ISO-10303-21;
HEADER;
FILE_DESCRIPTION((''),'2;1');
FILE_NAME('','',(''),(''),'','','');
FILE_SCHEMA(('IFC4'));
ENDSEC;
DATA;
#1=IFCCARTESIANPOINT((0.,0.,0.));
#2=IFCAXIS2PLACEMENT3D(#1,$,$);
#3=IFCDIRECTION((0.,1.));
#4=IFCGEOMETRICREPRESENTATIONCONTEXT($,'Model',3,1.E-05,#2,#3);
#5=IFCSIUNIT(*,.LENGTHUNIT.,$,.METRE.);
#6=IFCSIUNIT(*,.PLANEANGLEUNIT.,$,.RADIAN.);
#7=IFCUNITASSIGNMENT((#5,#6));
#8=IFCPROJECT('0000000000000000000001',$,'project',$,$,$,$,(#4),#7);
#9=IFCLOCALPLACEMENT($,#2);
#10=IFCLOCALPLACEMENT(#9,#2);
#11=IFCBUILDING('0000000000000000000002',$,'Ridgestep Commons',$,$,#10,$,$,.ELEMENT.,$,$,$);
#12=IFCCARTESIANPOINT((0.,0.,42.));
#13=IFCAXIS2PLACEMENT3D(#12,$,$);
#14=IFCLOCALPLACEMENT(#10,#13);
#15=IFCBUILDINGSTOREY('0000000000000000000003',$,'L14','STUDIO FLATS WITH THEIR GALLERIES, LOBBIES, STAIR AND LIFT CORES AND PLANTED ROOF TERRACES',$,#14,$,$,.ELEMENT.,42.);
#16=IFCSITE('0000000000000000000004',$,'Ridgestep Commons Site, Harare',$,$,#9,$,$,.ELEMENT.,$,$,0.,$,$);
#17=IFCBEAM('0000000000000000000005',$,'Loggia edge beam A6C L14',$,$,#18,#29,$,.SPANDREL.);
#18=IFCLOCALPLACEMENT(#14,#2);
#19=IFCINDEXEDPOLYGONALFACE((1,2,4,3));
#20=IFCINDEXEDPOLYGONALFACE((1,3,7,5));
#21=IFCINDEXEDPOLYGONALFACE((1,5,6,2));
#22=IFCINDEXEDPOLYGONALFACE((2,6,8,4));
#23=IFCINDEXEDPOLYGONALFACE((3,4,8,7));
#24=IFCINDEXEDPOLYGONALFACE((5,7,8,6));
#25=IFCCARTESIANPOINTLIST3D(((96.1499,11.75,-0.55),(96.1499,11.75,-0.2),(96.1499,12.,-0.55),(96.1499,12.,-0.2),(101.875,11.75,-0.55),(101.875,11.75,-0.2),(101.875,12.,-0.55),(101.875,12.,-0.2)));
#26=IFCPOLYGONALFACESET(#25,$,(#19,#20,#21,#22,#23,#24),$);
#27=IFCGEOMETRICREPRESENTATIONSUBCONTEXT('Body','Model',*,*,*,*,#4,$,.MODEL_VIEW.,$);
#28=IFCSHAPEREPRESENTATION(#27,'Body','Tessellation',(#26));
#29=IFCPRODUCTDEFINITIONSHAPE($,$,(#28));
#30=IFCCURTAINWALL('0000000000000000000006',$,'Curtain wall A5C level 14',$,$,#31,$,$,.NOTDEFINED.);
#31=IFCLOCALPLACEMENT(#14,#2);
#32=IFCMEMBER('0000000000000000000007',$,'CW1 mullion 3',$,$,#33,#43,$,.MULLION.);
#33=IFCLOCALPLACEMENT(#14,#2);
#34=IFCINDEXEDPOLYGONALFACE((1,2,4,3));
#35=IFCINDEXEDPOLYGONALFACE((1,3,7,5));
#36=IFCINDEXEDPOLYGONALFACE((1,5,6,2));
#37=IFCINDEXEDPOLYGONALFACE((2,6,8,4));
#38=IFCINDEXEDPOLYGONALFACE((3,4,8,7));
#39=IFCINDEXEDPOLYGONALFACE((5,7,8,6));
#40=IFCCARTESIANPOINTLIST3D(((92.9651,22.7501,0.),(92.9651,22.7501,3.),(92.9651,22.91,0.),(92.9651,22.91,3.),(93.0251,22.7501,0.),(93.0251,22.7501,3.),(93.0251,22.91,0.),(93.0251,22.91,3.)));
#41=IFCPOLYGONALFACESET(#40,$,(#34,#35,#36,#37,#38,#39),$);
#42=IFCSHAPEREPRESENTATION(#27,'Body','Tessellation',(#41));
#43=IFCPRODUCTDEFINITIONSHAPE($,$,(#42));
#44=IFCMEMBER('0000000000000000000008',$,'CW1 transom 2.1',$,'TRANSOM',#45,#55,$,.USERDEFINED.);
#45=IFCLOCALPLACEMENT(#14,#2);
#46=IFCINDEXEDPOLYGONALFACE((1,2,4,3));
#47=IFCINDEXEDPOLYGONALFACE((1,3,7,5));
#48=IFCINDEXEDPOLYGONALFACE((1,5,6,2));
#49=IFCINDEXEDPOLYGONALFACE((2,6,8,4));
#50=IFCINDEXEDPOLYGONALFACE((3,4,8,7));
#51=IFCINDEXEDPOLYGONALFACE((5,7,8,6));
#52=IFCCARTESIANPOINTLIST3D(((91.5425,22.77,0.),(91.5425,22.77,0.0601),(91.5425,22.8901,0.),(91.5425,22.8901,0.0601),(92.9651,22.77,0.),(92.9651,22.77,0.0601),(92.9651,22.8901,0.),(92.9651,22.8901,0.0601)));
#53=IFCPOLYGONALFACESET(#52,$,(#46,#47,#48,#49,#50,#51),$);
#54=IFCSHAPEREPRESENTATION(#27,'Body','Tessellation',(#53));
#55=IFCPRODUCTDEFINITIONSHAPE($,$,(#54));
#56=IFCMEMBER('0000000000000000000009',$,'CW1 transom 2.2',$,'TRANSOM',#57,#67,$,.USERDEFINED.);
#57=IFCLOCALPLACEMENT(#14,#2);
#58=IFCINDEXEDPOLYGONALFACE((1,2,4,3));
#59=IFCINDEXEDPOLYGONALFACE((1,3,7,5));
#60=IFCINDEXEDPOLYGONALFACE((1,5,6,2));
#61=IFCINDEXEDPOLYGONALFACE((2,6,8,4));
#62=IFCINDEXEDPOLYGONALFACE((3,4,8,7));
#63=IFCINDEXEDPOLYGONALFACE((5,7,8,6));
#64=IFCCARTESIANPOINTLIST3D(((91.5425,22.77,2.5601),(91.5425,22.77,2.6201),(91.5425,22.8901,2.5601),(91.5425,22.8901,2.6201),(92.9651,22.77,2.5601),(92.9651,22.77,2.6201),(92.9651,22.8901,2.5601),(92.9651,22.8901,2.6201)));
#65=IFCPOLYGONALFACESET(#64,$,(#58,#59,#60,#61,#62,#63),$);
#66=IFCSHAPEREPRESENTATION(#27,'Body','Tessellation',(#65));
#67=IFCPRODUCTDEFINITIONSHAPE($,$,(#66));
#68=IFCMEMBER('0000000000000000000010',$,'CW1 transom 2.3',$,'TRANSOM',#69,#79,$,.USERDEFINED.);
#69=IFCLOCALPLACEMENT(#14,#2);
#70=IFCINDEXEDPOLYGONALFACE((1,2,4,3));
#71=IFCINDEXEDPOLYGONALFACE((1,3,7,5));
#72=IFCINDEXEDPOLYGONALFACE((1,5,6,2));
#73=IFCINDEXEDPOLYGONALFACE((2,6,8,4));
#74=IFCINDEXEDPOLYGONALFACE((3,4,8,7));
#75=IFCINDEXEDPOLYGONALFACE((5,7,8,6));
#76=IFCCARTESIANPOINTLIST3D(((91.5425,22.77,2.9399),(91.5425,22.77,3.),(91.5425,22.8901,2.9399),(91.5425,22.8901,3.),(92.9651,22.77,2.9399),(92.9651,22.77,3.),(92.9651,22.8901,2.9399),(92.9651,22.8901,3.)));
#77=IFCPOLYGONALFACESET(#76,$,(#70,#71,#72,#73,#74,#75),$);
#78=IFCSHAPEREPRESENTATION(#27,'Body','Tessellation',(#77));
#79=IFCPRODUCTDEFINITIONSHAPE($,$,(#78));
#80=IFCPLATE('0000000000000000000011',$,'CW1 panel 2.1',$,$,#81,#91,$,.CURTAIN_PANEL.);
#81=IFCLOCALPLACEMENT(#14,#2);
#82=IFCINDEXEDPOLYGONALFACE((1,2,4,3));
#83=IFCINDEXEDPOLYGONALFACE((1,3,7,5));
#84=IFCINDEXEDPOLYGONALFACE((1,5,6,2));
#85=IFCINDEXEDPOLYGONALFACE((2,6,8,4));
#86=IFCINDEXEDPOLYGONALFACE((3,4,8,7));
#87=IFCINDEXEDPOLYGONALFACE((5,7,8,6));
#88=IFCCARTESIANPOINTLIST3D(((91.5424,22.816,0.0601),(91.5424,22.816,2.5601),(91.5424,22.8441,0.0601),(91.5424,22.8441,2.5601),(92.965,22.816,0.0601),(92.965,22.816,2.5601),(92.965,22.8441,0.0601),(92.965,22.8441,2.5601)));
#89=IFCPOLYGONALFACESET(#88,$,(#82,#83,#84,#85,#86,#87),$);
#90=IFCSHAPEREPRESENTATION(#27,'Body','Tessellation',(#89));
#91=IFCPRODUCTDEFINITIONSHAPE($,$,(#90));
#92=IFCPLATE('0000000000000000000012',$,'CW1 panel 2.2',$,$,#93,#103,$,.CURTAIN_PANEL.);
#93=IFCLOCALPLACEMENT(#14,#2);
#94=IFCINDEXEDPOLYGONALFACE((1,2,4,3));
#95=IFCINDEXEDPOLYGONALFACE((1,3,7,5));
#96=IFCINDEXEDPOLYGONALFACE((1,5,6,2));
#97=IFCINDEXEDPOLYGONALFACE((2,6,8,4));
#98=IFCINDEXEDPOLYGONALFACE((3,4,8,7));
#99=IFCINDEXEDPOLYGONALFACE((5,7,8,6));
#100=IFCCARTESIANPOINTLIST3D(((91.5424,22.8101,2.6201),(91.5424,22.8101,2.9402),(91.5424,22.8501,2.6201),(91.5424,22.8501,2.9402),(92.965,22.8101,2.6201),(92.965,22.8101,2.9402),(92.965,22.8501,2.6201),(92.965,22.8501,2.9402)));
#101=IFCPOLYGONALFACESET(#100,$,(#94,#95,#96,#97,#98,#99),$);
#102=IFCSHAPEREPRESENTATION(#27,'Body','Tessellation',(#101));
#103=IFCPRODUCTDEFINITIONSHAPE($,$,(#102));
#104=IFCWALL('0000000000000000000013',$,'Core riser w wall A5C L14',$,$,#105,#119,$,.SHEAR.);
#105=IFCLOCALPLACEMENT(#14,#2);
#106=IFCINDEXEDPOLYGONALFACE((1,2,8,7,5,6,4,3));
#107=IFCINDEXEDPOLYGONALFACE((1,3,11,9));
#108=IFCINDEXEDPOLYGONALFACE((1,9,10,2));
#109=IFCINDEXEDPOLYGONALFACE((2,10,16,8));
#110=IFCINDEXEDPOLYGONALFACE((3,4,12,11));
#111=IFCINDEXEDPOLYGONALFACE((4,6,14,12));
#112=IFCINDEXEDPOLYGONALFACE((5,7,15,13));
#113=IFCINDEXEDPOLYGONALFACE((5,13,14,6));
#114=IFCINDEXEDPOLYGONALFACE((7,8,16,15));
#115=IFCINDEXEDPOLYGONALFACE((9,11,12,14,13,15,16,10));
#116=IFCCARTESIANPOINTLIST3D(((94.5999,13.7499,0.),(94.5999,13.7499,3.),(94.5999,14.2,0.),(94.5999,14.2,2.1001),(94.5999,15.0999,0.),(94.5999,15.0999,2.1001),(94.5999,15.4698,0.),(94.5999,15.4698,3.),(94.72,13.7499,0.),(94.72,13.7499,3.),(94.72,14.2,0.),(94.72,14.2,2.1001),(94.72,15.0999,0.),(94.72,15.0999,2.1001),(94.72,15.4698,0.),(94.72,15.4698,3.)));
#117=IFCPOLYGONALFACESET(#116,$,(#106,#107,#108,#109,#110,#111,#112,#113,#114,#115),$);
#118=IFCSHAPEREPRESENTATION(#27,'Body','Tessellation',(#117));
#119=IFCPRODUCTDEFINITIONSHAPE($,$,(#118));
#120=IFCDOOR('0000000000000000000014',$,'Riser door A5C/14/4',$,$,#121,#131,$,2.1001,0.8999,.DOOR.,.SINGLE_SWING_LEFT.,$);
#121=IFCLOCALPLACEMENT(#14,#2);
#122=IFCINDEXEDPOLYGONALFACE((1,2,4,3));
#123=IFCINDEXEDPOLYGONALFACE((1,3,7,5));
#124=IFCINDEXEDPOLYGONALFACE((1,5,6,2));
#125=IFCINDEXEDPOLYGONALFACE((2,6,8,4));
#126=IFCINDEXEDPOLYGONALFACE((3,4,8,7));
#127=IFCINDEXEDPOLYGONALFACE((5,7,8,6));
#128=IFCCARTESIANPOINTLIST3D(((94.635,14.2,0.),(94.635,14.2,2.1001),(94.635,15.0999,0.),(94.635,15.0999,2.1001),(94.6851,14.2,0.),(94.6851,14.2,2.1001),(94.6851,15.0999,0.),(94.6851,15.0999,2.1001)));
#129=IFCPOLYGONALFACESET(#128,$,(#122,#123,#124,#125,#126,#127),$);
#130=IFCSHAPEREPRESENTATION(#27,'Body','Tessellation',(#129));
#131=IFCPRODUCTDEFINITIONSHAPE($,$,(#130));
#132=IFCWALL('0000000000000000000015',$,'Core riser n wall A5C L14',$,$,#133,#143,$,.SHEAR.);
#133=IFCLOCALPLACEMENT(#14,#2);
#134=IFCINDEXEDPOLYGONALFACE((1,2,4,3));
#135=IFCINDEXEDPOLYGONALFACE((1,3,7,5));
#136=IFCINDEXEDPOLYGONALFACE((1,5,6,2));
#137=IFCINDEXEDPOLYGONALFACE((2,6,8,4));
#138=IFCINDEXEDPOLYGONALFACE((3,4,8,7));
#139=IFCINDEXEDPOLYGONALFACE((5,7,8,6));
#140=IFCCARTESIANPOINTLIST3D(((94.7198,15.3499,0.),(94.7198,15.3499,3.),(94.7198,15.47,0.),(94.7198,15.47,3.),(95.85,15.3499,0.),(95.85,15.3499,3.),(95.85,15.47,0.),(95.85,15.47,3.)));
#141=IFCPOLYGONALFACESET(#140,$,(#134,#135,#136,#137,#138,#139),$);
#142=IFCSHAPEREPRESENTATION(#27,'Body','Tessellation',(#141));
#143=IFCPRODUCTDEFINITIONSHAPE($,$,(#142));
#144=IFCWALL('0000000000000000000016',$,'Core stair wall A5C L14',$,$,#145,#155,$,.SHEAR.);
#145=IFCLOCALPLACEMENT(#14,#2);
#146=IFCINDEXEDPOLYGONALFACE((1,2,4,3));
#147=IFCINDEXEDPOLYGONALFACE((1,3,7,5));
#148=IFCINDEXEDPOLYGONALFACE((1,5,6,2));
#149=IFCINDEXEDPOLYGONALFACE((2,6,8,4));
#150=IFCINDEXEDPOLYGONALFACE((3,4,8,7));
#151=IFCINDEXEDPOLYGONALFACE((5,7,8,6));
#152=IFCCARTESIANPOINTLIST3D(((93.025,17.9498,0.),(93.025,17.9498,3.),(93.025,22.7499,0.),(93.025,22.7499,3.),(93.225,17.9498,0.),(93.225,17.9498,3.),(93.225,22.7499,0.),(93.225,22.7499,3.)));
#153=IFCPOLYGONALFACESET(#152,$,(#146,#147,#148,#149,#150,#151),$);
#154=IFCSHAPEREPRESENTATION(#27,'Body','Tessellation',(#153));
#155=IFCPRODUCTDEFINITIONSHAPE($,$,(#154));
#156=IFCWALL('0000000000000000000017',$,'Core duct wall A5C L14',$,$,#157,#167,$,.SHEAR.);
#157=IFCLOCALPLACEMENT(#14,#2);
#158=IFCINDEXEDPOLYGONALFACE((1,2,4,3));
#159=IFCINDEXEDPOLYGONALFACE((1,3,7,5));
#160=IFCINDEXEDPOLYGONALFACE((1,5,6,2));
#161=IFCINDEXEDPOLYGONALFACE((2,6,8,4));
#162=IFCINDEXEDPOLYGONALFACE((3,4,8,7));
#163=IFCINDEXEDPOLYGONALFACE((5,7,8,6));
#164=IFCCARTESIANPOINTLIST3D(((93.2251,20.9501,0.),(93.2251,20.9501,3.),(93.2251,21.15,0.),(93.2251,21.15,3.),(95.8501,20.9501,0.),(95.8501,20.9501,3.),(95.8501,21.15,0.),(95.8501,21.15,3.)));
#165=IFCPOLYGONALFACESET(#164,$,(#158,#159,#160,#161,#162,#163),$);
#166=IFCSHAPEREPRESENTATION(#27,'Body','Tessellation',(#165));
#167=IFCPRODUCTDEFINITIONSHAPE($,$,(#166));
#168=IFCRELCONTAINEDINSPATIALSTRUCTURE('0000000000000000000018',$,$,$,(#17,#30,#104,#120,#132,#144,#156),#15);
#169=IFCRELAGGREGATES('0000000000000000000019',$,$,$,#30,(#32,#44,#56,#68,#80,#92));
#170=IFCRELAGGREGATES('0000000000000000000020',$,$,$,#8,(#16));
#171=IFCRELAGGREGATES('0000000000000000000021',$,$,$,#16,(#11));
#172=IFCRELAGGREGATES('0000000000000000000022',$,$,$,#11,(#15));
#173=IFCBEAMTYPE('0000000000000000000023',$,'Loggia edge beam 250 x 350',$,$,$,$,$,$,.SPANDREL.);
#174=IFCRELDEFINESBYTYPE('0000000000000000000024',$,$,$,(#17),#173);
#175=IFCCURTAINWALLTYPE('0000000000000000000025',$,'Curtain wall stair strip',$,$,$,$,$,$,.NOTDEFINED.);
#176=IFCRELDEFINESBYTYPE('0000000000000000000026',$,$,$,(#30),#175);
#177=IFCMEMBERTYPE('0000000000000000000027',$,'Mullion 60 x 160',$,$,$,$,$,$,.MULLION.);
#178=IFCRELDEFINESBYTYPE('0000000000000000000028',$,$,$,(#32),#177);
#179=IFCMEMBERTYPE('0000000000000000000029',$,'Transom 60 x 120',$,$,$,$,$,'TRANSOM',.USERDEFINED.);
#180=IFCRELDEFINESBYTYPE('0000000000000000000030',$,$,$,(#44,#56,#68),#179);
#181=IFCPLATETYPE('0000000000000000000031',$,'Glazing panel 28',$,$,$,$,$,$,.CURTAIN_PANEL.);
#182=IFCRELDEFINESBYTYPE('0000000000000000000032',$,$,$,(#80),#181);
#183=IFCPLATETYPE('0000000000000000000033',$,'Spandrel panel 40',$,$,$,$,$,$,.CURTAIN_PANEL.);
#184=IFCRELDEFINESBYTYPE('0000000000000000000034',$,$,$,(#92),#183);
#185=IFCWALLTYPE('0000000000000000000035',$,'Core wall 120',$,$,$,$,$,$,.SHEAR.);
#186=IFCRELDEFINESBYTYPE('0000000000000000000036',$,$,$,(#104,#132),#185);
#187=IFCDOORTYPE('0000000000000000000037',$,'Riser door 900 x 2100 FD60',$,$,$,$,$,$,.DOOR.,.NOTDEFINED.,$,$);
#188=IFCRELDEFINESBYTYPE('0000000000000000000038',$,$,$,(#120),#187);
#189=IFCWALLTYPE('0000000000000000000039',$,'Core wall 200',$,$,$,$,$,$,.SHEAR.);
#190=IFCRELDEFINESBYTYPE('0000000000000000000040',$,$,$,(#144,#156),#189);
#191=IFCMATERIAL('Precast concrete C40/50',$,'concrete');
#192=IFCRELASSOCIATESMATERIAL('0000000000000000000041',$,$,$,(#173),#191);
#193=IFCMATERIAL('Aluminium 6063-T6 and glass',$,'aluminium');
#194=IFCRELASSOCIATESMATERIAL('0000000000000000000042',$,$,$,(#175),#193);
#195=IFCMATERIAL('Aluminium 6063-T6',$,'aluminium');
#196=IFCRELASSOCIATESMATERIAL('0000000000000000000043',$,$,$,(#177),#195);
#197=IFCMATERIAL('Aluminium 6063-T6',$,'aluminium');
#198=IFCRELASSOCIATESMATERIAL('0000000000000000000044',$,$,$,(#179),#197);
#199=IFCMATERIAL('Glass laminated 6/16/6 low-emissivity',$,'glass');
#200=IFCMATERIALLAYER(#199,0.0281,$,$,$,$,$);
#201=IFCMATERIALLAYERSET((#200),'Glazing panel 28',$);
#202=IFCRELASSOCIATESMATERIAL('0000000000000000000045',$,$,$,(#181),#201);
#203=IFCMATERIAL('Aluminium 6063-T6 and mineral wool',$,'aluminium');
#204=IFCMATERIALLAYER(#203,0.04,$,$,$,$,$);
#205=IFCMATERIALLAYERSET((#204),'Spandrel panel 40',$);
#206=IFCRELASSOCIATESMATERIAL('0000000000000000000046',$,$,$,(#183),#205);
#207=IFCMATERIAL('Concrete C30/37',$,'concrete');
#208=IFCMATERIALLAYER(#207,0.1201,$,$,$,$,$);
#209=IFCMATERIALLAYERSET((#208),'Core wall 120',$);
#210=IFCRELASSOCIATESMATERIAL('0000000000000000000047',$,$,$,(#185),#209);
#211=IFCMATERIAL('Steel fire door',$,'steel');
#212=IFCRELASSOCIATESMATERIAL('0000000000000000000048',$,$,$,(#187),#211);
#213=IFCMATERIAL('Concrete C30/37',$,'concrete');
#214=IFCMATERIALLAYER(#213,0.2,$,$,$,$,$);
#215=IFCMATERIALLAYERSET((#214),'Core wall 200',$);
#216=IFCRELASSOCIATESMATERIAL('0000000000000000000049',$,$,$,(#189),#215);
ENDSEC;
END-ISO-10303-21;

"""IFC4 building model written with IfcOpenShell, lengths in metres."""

from ifc_helpers import new_model, si_unit, direction, frame, frame_2d, origin, origin_2d, place, context, subcontext, project, spatial, rectangle, extrude, material, layer, layer_set, material_profile, profile_set, type_object, element, fill, aggregate, save


model = new_model("IFC4")

# Units and contexts
model_context = context("Model", 3, precision=1e-05, world=origin(), true_north=direction((0.0, 1.0)))
body_context = subcontext(model_context, "Body", "Model", "MODEL_VIEW")
ifc_project = project(units=[si_unit("LENGTHUNIT", "METRE"), si_unit("PLANEANGLEUNIT", "RADIAN")], contexts=[model_context])

# Site, building, storey
site_placement = place(None, origin())
site = spatial("IfcSite", under=ifc_project, at=site_placement, Name="Ridgestep Commons Site, Harare", CompositionType="ELEMENT", RefElevation=0.0)
building_placement = place(site_placement, origin())
building = spatial("IfcBuilding", under=site, at=building_placement, Name="Ridgestep Commons", CompositionType="ELEMENT")
storey_placement = place(building_placement, frame((0.0, 0.0, 42.0)))
storey = spatial("IfcBuildingStorey", under=building, at=storey_placement, Name="L14", Description="STUDIO FLATS WITH THEIR GALLERIES, LOBBIES, STAIR AND LIFT CORES AND PLANTED ROOF TERRACES", CompositionType="ELEMENT", Elevation=42.0)

# Beam
ifc_material_1 = material(Name="Precast concrete C40/50", Category="concrete")
ifc_material_profile_1 = material_profile(ifc_material_1, rectangle(XDim=0.25, YDim=0.3501, at=origin_2d()), Name="PC 250x350")
ifc_profile_set_1 = profile_set([ifc_material_profile_1], Name="Precast concrete C40/50")
beam_type = type_object("IfcBeamType", Name="Loggia edge beam 250 x 350", PredefinedType="SPANDREL", material=ifc_profile_set_1)
beam_placement = place(storey_placement, frame((96.1499, 11.875, -0.375), z_axis=(1.0, 0.0, 0.0), x_axis=(0.0, 1.0, 0.0)))
element("IfcBeam", 1, at=beam_placement, inside=storey, type_object=beam_type, Name="Loggia edge beam A6C L14", PredefinedType="SPANDREL", context=body_context, shape_type="SweptSolid", body=[
    extrude(rectangle(XDim=0.25, YDim=0.3501, at=origin_2d()), origin(), (0.0, 0.0, 1.0), 5.7251),
])

# Curtain wall, members, plates
ifc_material_2 = material(Name="Aluminium 6063-T6 and glass", Category="aluminium")
curtain_wall_type = type_object("IfcCurtainWallType", Name="Curtain wall stair strip", PredefinedType="NOTDEFINED", material=ifc_material_2)
curtain_wall_placement = place(storey_placement, origin())
curtain_wall = element("IfcCurtainWall", 2, at=curtain_wall_placement, inside=storey, type_object=curtain_wall_type, Name="Curtain wall A5C level 14", PredefinedType="NOTDEFINED")
ifc_material_3 = material(Name="Aluminium 6063-T6", Category="aluminium")
ifc_material_profile_2 = material_profile(ifc_material_3, rectangle(XDim=0.1599, YDim=0.0601, at=origin_2d()), Name="Mullion 60 x 160")
ifc_profile_set_2 = profile_set([ifc_material_profile_2], Name="Aluminium 6063-T6")
member_type_1 = type_object("IfcMemberType", Name="Mullion 60 x 160", PredefinedType="MULLION", material=ifc_profile_set_2)
member_1_placement = place(storey_placement, frame((92.9951, 22.8301, 0.0), z_axis=(0.0, 0.0, 1.0), x_axis=(0.0, 1.0, 0.0)))
member_1 = element("IfcMember", 3, at=member_1_placement, type_object=member_type_1, Name="CW1 mullion 3", PredefinedType="MULLION", context=body_context, shape_type="SweptSolid", body=[
    extrude(rectangle(XDim=0.1599, YDim=0.0601, at=origin_2d()), origin(), (0.0, 0.0, 1.0), 3.0),
])
ifc_material_4 = material(Name="Aluminium 6063-T6", Category="aluminium")
ifc_material_profile_3 = material_profile(ifc_material_4, rectangle(XDim=0.1201, YDim=0.0601, at=origin_2d()), Name="Transom 60 x 120")
ifc_profile_set_3 = profile_set([ifc_material_profile_3], Name="Aluminium 6063-T6")
member_type_2 = type_object("IfcMemberType", Name="Transom 60 x 120", ElementType="TRANSOM", PredefinedType="USERDEFINED", material=ifc_profile_set_3)
member_2_placement = place(storey_placement, frame((91.5425, 22.8301, 0.03), z_axis=(1.0, 0.0, 0.0), x_axis=(0.0, 1.0, 0.0)))
member_2 = element("IfcMember", 4, at=member_2_placement, type_object=member_type_2, Name="CW1 transom 2.1", ObjectType="TRANSOM", PredefinedType="USERDEFINED", context=body_context, shape_type="SweptSolid", body=[
    extrude(rectangle(XDim=0.1201, YDim=0.0601, at=origin_2d()), origin(), (0.0, 0.0, 1.0), 1.4226),
])
member_3_placement = place(storey_placement, frame((91.5425, 22.8301, 2.5901), z_axis=(1.0, 0.0, 0.0), x_axis=(0.0, 1.0, 0.0)))
member_3 = element("IfcMember", 5, at=member_3_placement, type_object=member_type_2, Name="CW1 transom 2.2", ObjectType="TRANSOM", PredefinedType="USERDEFINED", context=body_context, shape_type="SweptSolid", body=[
    extrude(rectangle(XDim=0.1201, YDim=0.0601, at=origin_2d()), origin(), (0.0, 0.0, 1.0), 1.4226),
])
member_4_placement = place(storey_placement, frame((91.5425, 22.8301, 2.97), z_axis=(1.0, 0.0, 0.0), x_axis=(0.0, 1.0, 0.0)))
member_4 = element("IfcMember", 6, at=member_4_placement, type_object=member_type_2, Name="CW1 transom 2.3", ObjectType="TRANSOM", PredefinedType="USERDEFINED", context=body_context, shape_type="SweptSolid", body=[
    extrude(rectangle(XDim=0.1201, YDim=0.0601, at=origin_2d()), origin(), (0.0, 0.0, 1.0), 1.4226),
])
ifc_material_5 = material(Name="Glass laminated 6/16/6 low-emissivity", Category="glass")
ifc_layer_1 = layer(ifc_material_5, 0.0281)
ifc_layer_set_1 = layer_set([ifc_layer_1], Name="Glazing panel 28")
plate_type_1 = type_object("IfcPlateType", Name="Glazing panel 28", PredefinedType="CURTAIN_PANEL", material=ifc_layer_set_1)
plate_1_placement = place(storey_placement, frame((92.2537, 22.8301, 0.0601), z_axis=(0.0, 0.0, 1.0), x_axis=(1.0, 0.0, 0.0)))
plate_1 = element("IfcPlate", 7, at=plate_1_placement, type_object=plate_type_1, Name="CW1 panel 2.1", PredefinedType="CURTAIN_PANEL", context=body_context, shape_type="SweptSolid", body=[
    extrude(rectangle(XDim=1.4226, YDim=0.0281, at=origin_2d()), origin(), (0.0, 0.0, 1.0), 2.5),
])
ifc_material_6 = material(Name="Aluminium 6063-T6 and mineral wool", Category="aluminium")
ifc_layer_2 = layer(ifc_material_6, 0.04)
ifc_layer_set_2 = layer_set([ifc_layer_2], Name="Spandrel panel 40")
plate_type_2 = type_object("IfcPlateType", Name="Spandrel panel 40", PredefinedType="CURTAIN_PANEL", material=ifc_layer_set_2)
plate_2_placement = place(storey_placement, frame((92.2537, 22.8301, 2.6201), z_axis=(0.0, 0.0, 1.0), x_axis=(1.0, 0.0, 0.0)))
plate_2 = element("IfcPlate", 8, at=plate_2_placement, type_object=plate_type_2, Name="CW1 panel 2.2", PredefinedType="CURTAIN_PANEL", context=body_context, shape_type="SweptSolid", body=[
    extrude(rectangle(XDim=1.4226, YDim=0.04, at=origin_2d()), origin(), (0.0, 0.0, 1.0), 0.3201),
])
aggregate(curtain_wall, [member_1, member_2, member_3, member_4, plate_1, plate_2])

# Wall, opening, door
ifc_material_7 = material(Name="Concrete C30/37", Category="concrete")
ifc_layer_3 = layer(ifc_material_7, 0.1201)
ifc_layer_set_3 = layer_set([ifc_layer_3], Name="Core wall 120")
wall_type_1 = type_object("IfcWallType", Name="Core wall 120", PredefinedType="SHEAR", material=ifc_layer_set_3)
wall_1_placement = place(storey_placement, frame((94.6599, 13.75, 0.0), z_axis=(0.0, 0.0, 1.0), x_axis=(0.0, 1.0, 0.0)))
wall_1 = element("IfcWall", 9, at=wall_1_placement, inside=storey, type_object=wall_type_1, Name="Core riser w wall A5C L14", PredefinedType="SHEAR", context=body_context, shape_type="SweptSolid", body=[
    extrude(rectangle(XDim=1.72, YDim=0.1201, at=frame_2d((0.8599, 0.0))), origin(), (0.0, 0.0, 1.0), 3.0),
])
opening_1_placement = place(wall_1_placement, frame((0.45, 0.0, 0.0)))
opening_1 = element("IfcOpeningElement", 10, at=opening_1_placement, cuts=wall_1, PredefinedType="OPENING", context=body_context, shape_type="SweptSolid", body=[
    extrude(rectangle(XDim=0.8999, YDim=2.1001, at=frame_2d((0.45, 1.05))), frame((0.0, 0.0701, 0.0), z_axis=(0.0, -1.0, 0.0), x_axis=(1.0, 0.0, 0.0)), (0.0, 0.0, 1.0), 0.1401),
])
ifc_material_8 = material(Name="Steel fire door", Category="steel")
door_type_1 = type_object("IfcDoorType", Name="Riser door 900 x 2100 FD60", OperationType="NOTDEFINED", PredefinedType="DOOR", material=ifc_material_8)
door_1_placement = place(opening_1_placement, origin())
door_1 = element("IfcDoor", 11, at=door_1_placement, inside=storey, type_object=door_type_1, Name="Riser door A5C/14/4", OperationType="SINGLE_SWING_LEFT", OverallHeight=2.1001, OverallWidth=0.8999, PredefinedType="DOOR", context=body_context, shape_type="SweptSolid", body=[
    extrude(rectangle(XDim=0.8999, YDim=2.1001, at=frame_2d((0.45, 1.05))), frame((0.0, 0.0249, 0.0), z_axis=(0.0, -1.0, 0.0), x_axis=(1.0, 0.0, 0.0)), (0.0, 0.0, 1.0), 0.05),
])
fill(opening_1, door_1)

# Walls
wall_2_placement = place(storey_placement, frame((94.72, 15.4099, 0.0), z_axis=(0.0, 0.0, 1.0), x_axis=(1.0, 0.0, 0.0)))
element("IfcWall", 12, at=wall_2_placement, inside=storey, type_object=wall_type_1, Name="Core riser n wall A5C L14", PredefinedType="SHEAR", context=body_context, shape_type="SweptSolid", body=[
    extrude(rectangle(XDim=1.1301, YDim=0.1201, at=frame_2d((0.5649, 0.0))), origin(), (0.0, 0.0, 1.0), 3.0),
])
ifc_material_9 = material(Name="Concrete C30/37", Category="concrete")
ifc_layer_4 = layer(ifc_material_9, 0.2)
ifc_layer_set_4 = layer_set([ifc_layer_4], Name="Core wall 200")
wall_type_2 = type_object("IfcWallType", Name="Core wall 200", PredefinedType="SHEAR", material=ifc_layer_set_4)
wall_3_placement = place(storey_placement, frame((93.125, 17.95, 0.0), z_axis=(0.0, 0.0, 1.0), x_axis=(0.0, 1.0, 0.0)))
element("IfcWall", 13, at=wall_3_placement, inside=storey, type_object=wall_type_2, Name="Core stair wall A5C L14", PredefinedType="SHEAR", context=body_context, shape_type="SweptSolid", body=[
    extrude(rectangle(XDim=4.8, YDim=0.2, at=frame_2d((2.3999, 0.0))), origin(), (0.0, 0.0, 1.0), 3.0),
])
wall_4_placement = place(storey_placement, frame((93.2251, 21.05, 0.0), z_axis=(0.0, 0.0, 1.0), x_axis=(1.0, 0.0, 0.0)))
element("IfcWall", 14, at=wall_4_placement, inside=storey, type_object=wall_type_2, Name="Core duct wall A5C L14", PredefinedType="SHEAR", context=body_context, shape_type="SweptSolid", body=[
    extrude(rectangle(XDim=2.625, YDim=0.2, at=frame_2d((1.3125, 0.0))), origin(), (0.0, 0.0, 1.0), 3.0),
])

save(model, "model.ifc")
